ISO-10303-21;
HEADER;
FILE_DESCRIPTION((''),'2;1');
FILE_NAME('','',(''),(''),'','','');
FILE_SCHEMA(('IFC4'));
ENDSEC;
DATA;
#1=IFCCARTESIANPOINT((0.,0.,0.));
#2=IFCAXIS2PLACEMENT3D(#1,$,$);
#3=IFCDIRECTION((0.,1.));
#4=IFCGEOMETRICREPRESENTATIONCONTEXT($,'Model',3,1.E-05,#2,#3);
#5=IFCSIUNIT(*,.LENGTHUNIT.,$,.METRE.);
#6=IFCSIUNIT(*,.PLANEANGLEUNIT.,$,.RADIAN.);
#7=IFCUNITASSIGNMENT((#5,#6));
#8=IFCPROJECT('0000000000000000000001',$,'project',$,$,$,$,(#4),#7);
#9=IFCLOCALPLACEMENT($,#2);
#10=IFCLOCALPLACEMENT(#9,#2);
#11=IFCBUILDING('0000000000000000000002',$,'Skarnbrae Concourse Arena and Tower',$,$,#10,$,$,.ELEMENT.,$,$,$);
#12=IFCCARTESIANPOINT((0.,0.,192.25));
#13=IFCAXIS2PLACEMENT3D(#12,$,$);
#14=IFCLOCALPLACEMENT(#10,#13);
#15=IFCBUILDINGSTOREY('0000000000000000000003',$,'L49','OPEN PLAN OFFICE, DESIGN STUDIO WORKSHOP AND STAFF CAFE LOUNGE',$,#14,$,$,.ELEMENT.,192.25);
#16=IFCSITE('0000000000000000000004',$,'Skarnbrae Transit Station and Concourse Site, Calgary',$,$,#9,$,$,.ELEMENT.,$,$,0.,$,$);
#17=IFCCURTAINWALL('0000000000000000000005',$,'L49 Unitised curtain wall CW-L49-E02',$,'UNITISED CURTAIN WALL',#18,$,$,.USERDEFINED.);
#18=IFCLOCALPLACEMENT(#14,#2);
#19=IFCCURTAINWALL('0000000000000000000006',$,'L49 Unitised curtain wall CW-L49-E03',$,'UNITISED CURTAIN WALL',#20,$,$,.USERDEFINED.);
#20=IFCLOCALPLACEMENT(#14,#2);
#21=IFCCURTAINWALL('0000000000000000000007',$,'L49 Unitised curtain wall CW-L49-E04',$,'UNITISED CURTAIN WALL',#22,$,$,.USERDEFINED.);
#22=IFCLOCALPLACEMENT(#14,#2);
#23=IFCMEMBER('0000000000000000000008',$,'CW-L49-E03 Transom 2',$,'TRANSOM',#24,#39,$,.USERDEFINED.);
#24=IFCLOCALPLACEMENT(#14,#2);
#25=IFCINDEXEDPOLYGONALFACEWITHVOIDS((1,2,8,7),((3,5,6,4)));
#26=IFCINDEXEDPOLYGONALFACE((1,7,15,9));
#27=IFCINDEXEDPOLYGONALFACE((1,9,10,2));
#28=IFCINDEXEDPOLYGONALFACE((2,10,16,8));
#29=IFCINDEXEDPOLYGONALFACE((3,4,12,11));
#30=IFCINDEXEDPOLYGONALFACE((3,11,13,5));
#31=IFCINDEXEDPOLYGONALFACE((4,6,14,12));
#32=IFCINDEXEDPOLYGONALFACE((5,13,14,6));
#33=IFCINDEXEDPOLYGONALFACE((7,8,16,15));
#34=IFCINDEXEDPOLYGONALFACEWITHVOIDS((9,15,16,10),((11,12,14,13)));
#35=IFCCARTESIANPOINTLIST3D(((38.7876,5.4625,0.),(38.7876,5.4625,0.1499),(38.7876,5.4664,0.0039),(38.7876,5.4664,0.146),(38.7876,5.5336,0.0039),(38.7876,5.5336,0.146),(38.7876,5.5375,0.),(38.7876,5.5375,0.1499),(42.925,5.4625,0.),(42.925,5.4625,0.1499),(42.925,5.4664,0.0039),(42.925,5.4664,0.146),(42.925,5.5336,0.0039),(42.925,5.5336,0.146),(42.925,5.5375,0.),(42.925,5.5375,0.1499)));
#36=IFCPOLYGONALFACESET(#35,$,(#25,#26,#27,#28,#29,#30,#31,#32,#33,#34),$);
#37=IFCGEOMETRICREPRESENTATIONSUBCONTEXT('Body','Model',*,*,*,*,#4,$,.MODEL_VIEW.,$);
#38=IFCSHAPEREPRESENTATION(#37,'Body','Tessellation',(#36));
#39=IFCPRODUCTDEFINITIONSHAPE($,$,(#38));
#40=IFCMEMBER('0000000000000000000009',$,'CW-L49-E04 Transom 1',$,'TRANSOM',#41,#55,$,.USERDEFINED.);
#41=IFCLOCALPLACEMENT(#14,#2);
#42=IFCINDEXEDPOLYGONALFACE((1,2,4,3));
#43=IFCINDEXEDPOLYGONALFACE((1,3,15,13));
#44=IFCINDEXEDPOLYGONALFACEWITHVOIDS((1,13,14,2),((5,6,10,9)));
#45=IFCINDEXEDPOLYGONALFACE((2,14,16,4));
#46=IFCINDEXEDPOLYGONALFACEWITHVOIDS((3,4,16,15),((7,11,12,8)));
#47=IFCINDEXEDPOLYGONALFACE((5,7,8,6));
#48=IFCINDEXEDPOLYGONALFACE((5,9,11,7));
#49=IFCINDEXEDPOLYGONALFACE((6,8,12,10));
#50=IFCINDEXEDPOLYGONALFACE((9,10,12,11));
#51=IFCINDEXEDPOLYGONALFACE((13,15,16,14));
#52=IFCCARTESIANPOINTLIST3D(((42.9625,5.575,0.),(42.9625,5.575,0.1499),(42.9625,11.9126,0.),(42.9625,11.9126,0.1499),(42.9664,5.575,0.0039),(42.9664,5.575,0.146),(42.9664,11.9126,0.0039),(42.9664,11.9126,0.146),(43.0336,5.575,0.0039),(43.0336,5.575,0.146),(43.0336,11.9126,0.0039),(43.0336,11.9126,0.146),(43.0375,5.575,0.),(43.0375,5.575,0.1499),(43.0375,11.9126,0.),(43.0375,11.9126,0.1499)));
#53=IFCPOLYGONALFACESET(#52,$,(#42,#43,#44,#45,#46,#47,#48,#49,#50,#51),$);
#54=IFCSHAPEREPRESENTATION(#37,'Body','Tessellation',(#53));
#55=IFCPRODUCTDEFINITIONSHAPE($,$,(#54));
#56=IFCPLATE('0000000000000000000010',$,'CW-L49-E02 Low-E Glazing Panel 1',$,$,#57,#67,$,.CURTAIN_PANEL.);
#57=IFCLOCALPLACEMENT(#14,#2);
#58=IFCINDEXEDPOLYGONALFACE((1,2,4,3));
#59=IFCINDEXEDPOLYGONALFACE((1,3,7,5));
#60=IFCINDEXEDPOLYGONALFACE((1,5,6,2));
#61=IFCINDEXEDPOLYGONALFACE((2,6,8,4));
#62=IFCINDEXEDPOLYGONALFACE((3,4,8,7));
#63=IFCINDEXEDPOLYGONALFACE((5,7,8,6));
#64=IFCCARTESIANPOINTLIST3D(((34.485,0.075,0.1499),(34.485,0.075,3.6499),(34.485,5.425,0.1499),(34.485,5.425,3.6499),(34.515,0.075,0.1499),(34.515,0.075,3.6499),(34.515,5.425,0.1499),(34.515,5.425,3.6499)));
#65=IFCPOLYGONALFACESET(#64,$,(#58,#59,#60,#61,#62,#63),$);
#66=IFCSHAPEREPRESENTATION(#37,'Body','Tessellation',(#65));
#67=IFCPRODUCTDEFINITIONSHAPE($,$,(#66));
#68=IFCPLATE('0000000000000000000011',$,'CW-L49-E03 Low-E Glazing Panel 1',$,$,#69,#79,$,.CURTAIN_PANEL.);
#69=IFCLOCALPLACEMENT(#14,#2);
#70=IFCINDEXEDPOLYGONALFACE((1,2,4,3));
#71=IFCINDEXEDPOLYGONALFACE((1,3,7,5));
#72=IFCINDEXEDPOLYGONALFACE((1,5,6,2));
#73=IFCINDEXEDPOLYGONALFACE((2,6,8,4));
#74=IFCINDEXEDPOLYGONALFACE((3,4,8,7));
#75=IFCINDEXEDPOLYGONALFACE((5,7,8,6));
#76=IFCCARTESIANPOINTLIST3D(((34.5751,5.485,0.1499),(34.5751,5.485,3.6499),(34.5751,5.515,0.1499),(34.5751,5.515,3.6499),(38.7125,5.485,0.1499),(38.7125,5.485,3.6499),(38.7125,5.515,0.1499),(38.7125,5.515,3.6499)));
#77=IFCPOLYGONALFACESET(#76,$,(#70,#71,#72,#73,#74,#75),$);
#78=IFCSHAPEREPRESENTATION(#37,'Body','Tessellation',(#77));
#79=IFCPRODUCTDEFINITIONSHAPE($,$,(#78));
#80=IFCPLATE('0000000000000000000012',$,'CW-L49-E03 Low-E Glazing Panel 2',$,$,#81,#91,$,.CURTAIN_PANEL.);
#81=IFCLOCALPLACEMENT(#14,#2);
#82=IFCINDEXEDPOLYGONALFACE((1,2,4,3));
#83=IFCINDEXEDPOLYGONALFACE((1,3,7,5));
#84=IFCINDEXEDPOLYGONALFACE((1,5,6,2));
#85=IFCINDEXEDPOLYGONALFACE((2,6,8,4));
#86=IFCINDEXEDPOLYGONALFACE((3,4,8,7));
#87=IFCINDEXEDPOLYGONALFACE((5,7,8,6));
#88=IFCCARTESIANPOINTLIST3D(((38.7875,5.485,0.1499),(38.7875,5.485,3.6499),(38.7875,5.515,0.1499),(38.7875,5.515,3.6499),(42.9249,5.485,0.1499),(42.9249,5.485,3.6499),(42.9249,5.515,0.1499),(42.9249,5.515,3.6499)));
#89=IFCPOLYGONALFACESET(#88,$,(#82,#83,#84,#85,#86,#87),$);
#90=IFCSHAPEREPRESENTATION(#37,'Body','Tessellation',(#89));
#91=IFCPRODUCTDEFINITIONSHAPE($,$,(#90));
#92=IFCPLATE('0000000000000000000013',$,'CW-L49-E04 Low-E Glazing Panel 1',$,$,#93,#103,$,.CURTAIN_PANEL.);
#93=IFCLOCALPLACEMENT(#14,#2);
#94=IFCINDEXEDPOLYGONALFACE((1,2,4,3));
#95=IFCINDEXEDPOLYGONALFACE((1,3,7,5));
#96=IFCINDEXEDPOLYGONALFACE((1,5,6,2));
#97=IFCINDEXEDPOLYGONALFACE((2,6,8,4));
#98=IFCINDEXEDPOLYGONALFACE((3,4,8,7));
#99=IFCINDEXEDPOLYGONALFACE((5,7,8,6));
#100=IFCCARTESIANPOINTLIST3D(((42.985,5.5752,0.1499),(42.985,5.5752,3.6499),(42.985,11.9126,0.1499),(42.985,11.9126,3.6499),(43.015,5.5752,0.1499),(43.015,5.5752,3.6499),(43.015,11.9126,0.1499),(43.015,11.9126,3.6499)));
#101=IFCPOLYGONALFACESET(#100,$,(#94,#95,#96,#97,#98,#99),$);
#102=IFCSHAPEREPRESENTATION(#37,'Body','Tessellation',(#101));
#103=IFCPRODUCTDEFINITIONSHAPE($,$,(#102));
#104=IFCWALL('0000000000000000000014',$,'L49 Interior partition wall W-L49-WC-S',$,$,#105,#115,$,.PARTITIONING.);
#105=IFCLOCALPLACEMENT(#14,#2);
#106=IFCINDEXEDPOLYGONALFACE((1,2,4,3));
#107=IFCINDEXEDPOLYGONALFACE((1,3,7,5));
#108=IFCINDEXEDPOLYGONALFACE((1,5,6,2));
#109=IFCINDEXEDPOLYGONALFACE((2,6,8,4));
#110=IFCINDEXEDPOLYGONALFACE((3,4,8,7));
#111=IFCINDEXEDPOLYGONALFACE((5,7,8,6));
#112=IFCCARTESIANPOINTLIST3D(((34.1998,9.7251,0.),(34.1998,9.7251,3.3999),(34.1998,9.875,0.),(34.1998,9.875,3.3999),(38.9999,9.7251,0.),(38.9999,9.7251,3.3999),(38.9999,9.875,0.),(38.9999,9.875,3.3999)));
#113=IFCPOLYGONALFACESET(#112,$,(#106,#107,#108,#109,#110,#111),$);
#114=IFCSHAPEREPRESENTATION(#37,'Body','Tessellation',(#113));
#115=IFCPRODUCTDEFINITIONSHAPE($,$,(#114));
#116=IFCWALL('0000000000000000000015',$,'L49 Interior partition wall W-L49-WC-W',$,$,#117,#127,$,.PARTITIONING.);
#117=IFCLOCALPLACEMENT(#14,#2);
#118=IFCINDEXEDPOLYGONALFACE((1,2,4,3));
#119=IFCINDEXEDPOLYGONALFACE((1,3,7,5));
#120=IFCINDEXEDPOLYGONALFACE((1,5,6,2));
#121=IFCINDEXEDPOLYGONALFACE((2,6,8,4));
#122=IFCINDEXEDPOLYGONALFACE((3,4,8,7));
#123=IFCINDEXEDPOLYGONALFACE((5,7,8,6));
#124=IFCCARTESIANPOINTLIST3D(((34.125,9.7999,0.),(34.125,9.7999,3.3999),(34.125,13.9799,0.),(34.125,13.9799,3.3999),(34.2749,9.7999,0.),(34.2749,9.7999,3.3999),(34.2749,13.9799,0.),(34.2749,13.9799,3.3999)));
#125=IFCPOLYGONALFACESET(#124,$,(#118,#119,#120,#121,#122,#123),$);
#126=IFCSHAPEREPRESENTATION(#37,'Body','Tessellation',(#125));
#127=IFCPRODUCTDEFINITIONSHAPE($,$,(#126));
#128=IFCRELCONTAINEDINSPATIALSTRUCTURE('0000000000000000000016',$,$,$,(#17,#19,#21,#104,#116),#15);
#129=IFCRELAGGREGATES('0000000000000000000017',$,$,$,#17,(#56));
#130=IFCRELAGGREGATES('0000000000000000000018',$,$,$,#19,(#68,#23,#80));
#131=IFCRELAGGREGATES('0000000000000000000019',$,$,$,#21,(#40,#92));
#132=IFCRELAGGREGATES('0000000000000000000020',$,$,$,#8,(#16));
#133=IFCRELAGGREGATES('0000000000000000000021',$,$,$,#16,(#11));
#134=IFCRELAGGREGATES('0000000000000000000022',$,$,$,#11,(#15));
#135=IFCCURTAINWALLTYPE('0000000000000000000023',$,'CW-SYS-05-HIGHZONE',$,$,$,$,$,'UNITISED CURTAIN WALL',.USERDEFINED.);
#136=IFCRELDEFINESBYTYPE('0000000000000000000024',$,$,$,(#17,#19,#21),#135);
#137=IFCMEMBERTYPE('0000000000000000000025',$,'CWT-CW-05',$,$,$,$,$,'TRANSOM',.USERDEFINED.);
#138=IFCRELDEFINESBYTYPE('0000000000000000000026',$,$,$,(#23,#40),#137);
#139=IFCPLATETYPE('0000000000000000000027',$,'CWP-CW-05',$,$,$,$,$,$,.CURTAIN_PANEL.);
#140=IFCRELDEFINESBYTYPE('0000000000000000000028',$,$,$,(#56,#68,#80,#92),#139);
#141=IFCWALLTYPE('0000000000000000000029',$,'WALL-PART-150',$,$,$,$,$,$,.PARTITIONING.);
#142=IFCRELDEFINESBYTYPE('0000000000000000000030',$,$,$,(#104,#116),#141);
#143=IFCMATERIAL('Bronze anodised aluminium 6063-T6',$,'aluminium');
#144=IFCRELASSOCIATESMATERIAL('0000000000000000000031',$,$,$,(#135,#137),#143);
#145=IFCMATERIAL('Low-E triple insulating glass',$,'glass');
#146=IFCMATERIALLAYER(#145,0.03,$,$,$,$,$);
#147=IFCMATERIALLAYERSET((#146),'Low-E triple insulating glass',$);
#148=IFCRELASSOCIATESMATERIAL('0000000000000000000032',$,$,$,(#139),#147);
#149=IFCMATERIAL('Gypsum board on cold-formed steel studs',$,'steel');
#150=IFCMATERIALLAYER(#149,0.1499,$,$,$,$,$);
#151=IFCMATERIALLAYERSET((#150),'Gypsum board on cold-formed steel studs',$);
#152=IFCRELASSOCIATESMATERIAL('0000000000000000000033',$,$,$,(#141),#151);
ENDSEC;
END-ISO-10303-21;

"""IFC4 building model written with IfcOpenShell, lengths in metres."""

from ifc_helpers import new_model, si_unit, direction, frame, frame_2d, origin, origin_2d, place, context, subcontext, project, spatial, rectangle, hollow_rectangle, extrude, source, transform, mapped, material, layer, layer_set, material_profile, profile_set, type_object, element, aggregate, save


model = new_model("IFC4")

# Units and contexts
model_context = context("Model", 3, precision=1e-05, world=origin(), true_north=direction((0.0, 1.0)))
body_context = subcontext(model_context, "Body", "Model", "MODEL_VIEW")
ifc_project = project(units=[si_unit("LENGTHUNIT", "METRE"), si_unit("PLANEANGLEUNIT", "RADIAN")], contexts=[model_context])

# Site, building, storey
site_placement = place(None, origin())
site = spatial("IfcSite", under=ifc_project, at=site_placement, Name="Skarnbrae Transit Station and Concourse Site, Calgary", CompositionType="ELEMENT", RefElevation=0.0)
building_placement = place(site_placement, origin())
building = spatial("IfcBuilding", under=site, at=building_placement, Name="Skarnbrae Concourse Arena and Tower", CompositionType="ELEMENT")
storey_placement = place(building_placement, frame((0.0, 0.0, 192.25)))
storey = spatial("IfcBuildingStorey", under=building, at=storey_placement, Name="L49", Description="OPEN PLAN OFFICE, DESIGN STUDIO WORKSHOP AND STAFF CAFE LOUNGE", CompositionType="ELEMENT", Elevation=192.25)

# Curtain walls
ifc_material_1 = material(Name="Bronze anodised aluminium 6063-T6", Category="aluminium")
curtain_wall_type = type_object("IfcCurtainWallType", Name="CW-SYS-05-HIGHZONE", ElementType="UNITISED CURTAIN WALL", PredefinedType="USERDEFINED", material=ifc_material_1)
curtain_wall_1_placement = place(storey_placement, origin())
curtain_wall_1 = element("IfcCurtainWall", 1, at=curtain_wall_1_placement, inside=storey, type_object=curtain_wall_type, Name="L49 Unitised curtain wall CW-L49-E02", ObjectType="UNITISED CURTAIN WALL", PredefinedType="USERDEFINED")
curtain_wall_2_placement = place(storey_placement, origin())
curtain_wall_2 = element("IfcCurtainWall", 2, at=curtain_wall_2_placement, inside=storey, type_object=curtain_wall_type, Name="L49 Unitised curtain wall CW-L49-E03", ObjectType="UNITISED CURTAIN WALL", PredefinedType="USERDEFINED")

# Curtain wall
curtain_wall_3_placement = place(storey_placement, origin())
curtain_wall_3 = element("IfcCurtainWall", 3, at=curtain_wall_3_placement, inside=storey, type_object=curtain_wall_type, Name="L49 Unitised curtain wall CW-L49-E04", ObjectType="UNITISED CURTAIN WALL", PredefinedType="USERDEFINED")

# Members
ifc_material_profile_1 = material_profile(ifc_material_1, hollow_rectangle(XDim=0.075, YDim=0.1499, WallThickness=0.0039, at=origin_2d()), Name="ALU-TRAN-75X150")
ifc_profile_set_1 = profile_set([ifc_material_profile_1], Name="Bronze anodised aluminium 6063-T6")
member_type_1 = type_object("IfcMemberType", Name="CWT-CW-05", ElementType="TRANSOM", PredefinedType="USERDEFINED", material=ifc_profile_set_1)
shared_shape_1 = source(origin(), body_context, "Body", "SweptSolid", [
    extrude(hollow_rectangle(XDim=0.075, YDim=0.1499, WallThickness=0.0039, at=origin_2d()), origin(), (0.0, 0.0, 1.0), 4.1375),
])
member_1_placement = place(storey_placement, frame((38.7876, 5.5, 0.075), z_axis=(1.0, 0.0, 0.0), x_axis=(0.0, 1.0, 0.0)))
member_1 = element("IfcMember", 4, at=member_1_placement, type_object=member_type_1, Name="CW-L49-E03 Transom 2", ObjectType="TRANSOM", PredefinedType="USERDEFINED", context=body_context, shape_type="MappedRepresentation", body=[
    mapped(shared_shape_1, transform((0.0, 0.0, 0.0))),
])
shared_shape_2 = source(origin(), body_context, "Body", "SweptSolid", [
    extrude(hollow_rectangle(XDim=0.075, YDim=0.1499, WallThickness=0.0039, at=origin_2d()), origin(), (0.0, 0.0, 1.0), 6.3376),
])
member_2_placement = place(storey_placement, frame((43.0, 5.575, 0.075), z_axis=(0.0, 1.0, 0.0), x_axis=(-1.0, 0.0, 0.0)))
member_2 = element("IfcMember", 5, at=member_2_placement, type_object=member_type_1, Name="CW-L49-E04 Transom 1", ObjectType="TRANSOM", PredefinedType="USERDEFINED", context=body_context, shape_type="MappedRepresentation", body=[
    mapped(shared_shape_2, transform((0.0, 0.0, 0.0))),
])

# Plates
ifc_material_2 = material(Name="Low-E triple insulating glass", Category="glass")
ifc_layer_1 = layer(ifc_material_2, 0.03)
ifc_layer_set_1 = layer_set([ifc_layer_1], Name="Low-E triple insulating glass")
plate_type = type_object("IfcPlateType", Name="CWP-CW-05", PredefinedType="CURTAIN_PANEL", material=ifc_layer_set_1)
shared_shape_3 = source(origin(), body_context, "Body", "SweptSolid", [
    extrude(rectangle(XDim=5.3501, YDim=0.03, at=origin_2d()), origin(), (0.0, 0.0, 1.0), 3.5),
])
plate_1_placement = place(storey_placement, frame((34.5, 2.75, 0.1499), z_axis=(0.0, 0.0, 1.0), x_axis=(0.0, 1.0, 0.0)))
plate_1 = element("IfcPlate", 6, at=plate_1_placement, type_object=plate_type, Name="CW-L49-E02 Low-E Glazing Panel 1", PredefinedType="CURTAIN_PANEL", context=body_context, shape_type="MappedRepresentation", body=[
    mapped(shared_shape_3, transform((0.0, 0.0, 0.0))),
])
aggregate(curtain_wall_1, [plate_1])
shared_shape_4 = source(origin(), body_context, "Body", "SweptSolid", [
    extrude(rectangle(XDim=4.1375, YDim=0.03, at=origin_2d()), origin(), (0.0, 0.0, 1.0), 3.5),
])
plate_2_placement = place(storey_placement, frame((36.6438, 5.5, 0.1499), z_axis=(0.0, 0.0, 1.0), x_axis=(1.0, 0.0, 0.0)))
plate_2 = element("IfcPlate", 7, at=plate_2_placement, type_object=plate_type, Name="CW-L49-E03 Low-E Glazing Panel 1", PredefinedType="CURTAIN_PANEL", context=body_context, shape_type="MappedRepresentation", body=[
    mapped(shared_shape_4, transform((0.0, 0.0, 0.0))),
])
plate_3_placement = place(storey_placement, frame((40.8562, 5.5, 0.1499), z_axis=(0.0, 0.0, 1.0), x_axis=(1.0, 0.0, 0.0)))
plate_3 = element("IfcPlate", 8, at=plate_3_placement, type_object=plate_type, Name="CW-L49-E03 Low-E Glazing Panel 2", PredefinedType="CURTAIN_PANEL", context=body_context, shape_type="MappedRepresentation", body=[
    mapped(shared_shape_4, transform((0.0, 0.0, 0.0))),
])
aggregate(curtain_wall_2, [plate_2, member_1, plate_3])
shared_shape_5 = source(origin(), body_context, "Body", "SweptSolid", [
    extrude(rectangle(XDim=6.3374, YDim=0.03, at=origin_2d()), origin(), (0.0, 0.0, 1.0), 3.5),
])
plate_4_placement = place(storey_placement, frame((43.0, 8.7439, 0.1499), z_axis=(0.0, 0.0, 1.0), x_axis=(0.0, 1.0, 0.0)))
plate_4 = element("IfcPlate", 9, at=plate_4_placement, type_object=plate_type, Name="CW-L49-E04 Low-E Glazing Panel 1", PredefinedType="CURTAIN_PANEL", context=body_context, shape_type="MappedRepresentation", body=[
    mapped(shared_shape_5, transform((0.0, 0.0, 0.0))),
])
aggregate(curtain_wall_3, [member_2, plate_4])

# Walls
ifc_material_3 = material(Name="Gypsum board on cold-formed steel studs", Category="steel")
ifc_layer_2 = layer(ifc_material_3, 0.1499)
ifc_layer_set_2 = layer_set([ifc_layer_2], Name="Gypsum board on cold-formed steel studs")
wall_type = type_object("IfcWallType", Name="WALL-PART-150", PredefinedType="PARTITIONING", material=ifc_layer_set_2)
shared_shape_6 = source(origin(), body_context, "Body", "SweptSolid", [
    extrude(rectangle(XDim=4.8, YDim=0.1499, at=frame_2d((2.3999, 0.0))), origin(), (0.0, 0.0, 1.0), 3.3999),
])
wall_1_placement = place(storey_placement, frame((34.2, 9.8, 0.0), z_axis=(0.0, 0.0, 1.0), x_axis=(1.0, 0.0, 0.0)))
element("IfcWall", 10, at=wall_1_placement, inside=storey, type_object=wall_type, Name="L49 Interior partition wall W-L49-WC-S", PredefinedType="PARTITIONING", context=body_context, shape_type="MappedRepresentation", body=[
    mapped(shared_shape_6, transform((0.0, 0.0, 0.0))),
])
shared_shape_7 = source(origin(), body_context, "Body", "SweptSolid", [
    extrude(rectangle(XDim=4.1799, YDim=0.1499, at=frame_2d((2.0898, 0.0))), origin(), (0.0, 0.0, 1.0), 3.3999),
])
wall_2_placement = place(storey_placement, frame((34.2, 9.8, 0.0), z_axis=(0.0, 0.0, 1.0), x_axis=(0.0, 1.0, 0.0)))
element("IfcWall", 11, at=wall_2_placement, inside=storey, type_object=wall_type, Name="L49 Interior partition wall W-L49-WC-W", PredefinedType="PARTITIONING", context=body_context, shape_type="MappedRepresentation", body=[
    mapped(shared_shape_7, transform((0.0, 0.0, 0.0))),
])

save(model, "model.ifc")
